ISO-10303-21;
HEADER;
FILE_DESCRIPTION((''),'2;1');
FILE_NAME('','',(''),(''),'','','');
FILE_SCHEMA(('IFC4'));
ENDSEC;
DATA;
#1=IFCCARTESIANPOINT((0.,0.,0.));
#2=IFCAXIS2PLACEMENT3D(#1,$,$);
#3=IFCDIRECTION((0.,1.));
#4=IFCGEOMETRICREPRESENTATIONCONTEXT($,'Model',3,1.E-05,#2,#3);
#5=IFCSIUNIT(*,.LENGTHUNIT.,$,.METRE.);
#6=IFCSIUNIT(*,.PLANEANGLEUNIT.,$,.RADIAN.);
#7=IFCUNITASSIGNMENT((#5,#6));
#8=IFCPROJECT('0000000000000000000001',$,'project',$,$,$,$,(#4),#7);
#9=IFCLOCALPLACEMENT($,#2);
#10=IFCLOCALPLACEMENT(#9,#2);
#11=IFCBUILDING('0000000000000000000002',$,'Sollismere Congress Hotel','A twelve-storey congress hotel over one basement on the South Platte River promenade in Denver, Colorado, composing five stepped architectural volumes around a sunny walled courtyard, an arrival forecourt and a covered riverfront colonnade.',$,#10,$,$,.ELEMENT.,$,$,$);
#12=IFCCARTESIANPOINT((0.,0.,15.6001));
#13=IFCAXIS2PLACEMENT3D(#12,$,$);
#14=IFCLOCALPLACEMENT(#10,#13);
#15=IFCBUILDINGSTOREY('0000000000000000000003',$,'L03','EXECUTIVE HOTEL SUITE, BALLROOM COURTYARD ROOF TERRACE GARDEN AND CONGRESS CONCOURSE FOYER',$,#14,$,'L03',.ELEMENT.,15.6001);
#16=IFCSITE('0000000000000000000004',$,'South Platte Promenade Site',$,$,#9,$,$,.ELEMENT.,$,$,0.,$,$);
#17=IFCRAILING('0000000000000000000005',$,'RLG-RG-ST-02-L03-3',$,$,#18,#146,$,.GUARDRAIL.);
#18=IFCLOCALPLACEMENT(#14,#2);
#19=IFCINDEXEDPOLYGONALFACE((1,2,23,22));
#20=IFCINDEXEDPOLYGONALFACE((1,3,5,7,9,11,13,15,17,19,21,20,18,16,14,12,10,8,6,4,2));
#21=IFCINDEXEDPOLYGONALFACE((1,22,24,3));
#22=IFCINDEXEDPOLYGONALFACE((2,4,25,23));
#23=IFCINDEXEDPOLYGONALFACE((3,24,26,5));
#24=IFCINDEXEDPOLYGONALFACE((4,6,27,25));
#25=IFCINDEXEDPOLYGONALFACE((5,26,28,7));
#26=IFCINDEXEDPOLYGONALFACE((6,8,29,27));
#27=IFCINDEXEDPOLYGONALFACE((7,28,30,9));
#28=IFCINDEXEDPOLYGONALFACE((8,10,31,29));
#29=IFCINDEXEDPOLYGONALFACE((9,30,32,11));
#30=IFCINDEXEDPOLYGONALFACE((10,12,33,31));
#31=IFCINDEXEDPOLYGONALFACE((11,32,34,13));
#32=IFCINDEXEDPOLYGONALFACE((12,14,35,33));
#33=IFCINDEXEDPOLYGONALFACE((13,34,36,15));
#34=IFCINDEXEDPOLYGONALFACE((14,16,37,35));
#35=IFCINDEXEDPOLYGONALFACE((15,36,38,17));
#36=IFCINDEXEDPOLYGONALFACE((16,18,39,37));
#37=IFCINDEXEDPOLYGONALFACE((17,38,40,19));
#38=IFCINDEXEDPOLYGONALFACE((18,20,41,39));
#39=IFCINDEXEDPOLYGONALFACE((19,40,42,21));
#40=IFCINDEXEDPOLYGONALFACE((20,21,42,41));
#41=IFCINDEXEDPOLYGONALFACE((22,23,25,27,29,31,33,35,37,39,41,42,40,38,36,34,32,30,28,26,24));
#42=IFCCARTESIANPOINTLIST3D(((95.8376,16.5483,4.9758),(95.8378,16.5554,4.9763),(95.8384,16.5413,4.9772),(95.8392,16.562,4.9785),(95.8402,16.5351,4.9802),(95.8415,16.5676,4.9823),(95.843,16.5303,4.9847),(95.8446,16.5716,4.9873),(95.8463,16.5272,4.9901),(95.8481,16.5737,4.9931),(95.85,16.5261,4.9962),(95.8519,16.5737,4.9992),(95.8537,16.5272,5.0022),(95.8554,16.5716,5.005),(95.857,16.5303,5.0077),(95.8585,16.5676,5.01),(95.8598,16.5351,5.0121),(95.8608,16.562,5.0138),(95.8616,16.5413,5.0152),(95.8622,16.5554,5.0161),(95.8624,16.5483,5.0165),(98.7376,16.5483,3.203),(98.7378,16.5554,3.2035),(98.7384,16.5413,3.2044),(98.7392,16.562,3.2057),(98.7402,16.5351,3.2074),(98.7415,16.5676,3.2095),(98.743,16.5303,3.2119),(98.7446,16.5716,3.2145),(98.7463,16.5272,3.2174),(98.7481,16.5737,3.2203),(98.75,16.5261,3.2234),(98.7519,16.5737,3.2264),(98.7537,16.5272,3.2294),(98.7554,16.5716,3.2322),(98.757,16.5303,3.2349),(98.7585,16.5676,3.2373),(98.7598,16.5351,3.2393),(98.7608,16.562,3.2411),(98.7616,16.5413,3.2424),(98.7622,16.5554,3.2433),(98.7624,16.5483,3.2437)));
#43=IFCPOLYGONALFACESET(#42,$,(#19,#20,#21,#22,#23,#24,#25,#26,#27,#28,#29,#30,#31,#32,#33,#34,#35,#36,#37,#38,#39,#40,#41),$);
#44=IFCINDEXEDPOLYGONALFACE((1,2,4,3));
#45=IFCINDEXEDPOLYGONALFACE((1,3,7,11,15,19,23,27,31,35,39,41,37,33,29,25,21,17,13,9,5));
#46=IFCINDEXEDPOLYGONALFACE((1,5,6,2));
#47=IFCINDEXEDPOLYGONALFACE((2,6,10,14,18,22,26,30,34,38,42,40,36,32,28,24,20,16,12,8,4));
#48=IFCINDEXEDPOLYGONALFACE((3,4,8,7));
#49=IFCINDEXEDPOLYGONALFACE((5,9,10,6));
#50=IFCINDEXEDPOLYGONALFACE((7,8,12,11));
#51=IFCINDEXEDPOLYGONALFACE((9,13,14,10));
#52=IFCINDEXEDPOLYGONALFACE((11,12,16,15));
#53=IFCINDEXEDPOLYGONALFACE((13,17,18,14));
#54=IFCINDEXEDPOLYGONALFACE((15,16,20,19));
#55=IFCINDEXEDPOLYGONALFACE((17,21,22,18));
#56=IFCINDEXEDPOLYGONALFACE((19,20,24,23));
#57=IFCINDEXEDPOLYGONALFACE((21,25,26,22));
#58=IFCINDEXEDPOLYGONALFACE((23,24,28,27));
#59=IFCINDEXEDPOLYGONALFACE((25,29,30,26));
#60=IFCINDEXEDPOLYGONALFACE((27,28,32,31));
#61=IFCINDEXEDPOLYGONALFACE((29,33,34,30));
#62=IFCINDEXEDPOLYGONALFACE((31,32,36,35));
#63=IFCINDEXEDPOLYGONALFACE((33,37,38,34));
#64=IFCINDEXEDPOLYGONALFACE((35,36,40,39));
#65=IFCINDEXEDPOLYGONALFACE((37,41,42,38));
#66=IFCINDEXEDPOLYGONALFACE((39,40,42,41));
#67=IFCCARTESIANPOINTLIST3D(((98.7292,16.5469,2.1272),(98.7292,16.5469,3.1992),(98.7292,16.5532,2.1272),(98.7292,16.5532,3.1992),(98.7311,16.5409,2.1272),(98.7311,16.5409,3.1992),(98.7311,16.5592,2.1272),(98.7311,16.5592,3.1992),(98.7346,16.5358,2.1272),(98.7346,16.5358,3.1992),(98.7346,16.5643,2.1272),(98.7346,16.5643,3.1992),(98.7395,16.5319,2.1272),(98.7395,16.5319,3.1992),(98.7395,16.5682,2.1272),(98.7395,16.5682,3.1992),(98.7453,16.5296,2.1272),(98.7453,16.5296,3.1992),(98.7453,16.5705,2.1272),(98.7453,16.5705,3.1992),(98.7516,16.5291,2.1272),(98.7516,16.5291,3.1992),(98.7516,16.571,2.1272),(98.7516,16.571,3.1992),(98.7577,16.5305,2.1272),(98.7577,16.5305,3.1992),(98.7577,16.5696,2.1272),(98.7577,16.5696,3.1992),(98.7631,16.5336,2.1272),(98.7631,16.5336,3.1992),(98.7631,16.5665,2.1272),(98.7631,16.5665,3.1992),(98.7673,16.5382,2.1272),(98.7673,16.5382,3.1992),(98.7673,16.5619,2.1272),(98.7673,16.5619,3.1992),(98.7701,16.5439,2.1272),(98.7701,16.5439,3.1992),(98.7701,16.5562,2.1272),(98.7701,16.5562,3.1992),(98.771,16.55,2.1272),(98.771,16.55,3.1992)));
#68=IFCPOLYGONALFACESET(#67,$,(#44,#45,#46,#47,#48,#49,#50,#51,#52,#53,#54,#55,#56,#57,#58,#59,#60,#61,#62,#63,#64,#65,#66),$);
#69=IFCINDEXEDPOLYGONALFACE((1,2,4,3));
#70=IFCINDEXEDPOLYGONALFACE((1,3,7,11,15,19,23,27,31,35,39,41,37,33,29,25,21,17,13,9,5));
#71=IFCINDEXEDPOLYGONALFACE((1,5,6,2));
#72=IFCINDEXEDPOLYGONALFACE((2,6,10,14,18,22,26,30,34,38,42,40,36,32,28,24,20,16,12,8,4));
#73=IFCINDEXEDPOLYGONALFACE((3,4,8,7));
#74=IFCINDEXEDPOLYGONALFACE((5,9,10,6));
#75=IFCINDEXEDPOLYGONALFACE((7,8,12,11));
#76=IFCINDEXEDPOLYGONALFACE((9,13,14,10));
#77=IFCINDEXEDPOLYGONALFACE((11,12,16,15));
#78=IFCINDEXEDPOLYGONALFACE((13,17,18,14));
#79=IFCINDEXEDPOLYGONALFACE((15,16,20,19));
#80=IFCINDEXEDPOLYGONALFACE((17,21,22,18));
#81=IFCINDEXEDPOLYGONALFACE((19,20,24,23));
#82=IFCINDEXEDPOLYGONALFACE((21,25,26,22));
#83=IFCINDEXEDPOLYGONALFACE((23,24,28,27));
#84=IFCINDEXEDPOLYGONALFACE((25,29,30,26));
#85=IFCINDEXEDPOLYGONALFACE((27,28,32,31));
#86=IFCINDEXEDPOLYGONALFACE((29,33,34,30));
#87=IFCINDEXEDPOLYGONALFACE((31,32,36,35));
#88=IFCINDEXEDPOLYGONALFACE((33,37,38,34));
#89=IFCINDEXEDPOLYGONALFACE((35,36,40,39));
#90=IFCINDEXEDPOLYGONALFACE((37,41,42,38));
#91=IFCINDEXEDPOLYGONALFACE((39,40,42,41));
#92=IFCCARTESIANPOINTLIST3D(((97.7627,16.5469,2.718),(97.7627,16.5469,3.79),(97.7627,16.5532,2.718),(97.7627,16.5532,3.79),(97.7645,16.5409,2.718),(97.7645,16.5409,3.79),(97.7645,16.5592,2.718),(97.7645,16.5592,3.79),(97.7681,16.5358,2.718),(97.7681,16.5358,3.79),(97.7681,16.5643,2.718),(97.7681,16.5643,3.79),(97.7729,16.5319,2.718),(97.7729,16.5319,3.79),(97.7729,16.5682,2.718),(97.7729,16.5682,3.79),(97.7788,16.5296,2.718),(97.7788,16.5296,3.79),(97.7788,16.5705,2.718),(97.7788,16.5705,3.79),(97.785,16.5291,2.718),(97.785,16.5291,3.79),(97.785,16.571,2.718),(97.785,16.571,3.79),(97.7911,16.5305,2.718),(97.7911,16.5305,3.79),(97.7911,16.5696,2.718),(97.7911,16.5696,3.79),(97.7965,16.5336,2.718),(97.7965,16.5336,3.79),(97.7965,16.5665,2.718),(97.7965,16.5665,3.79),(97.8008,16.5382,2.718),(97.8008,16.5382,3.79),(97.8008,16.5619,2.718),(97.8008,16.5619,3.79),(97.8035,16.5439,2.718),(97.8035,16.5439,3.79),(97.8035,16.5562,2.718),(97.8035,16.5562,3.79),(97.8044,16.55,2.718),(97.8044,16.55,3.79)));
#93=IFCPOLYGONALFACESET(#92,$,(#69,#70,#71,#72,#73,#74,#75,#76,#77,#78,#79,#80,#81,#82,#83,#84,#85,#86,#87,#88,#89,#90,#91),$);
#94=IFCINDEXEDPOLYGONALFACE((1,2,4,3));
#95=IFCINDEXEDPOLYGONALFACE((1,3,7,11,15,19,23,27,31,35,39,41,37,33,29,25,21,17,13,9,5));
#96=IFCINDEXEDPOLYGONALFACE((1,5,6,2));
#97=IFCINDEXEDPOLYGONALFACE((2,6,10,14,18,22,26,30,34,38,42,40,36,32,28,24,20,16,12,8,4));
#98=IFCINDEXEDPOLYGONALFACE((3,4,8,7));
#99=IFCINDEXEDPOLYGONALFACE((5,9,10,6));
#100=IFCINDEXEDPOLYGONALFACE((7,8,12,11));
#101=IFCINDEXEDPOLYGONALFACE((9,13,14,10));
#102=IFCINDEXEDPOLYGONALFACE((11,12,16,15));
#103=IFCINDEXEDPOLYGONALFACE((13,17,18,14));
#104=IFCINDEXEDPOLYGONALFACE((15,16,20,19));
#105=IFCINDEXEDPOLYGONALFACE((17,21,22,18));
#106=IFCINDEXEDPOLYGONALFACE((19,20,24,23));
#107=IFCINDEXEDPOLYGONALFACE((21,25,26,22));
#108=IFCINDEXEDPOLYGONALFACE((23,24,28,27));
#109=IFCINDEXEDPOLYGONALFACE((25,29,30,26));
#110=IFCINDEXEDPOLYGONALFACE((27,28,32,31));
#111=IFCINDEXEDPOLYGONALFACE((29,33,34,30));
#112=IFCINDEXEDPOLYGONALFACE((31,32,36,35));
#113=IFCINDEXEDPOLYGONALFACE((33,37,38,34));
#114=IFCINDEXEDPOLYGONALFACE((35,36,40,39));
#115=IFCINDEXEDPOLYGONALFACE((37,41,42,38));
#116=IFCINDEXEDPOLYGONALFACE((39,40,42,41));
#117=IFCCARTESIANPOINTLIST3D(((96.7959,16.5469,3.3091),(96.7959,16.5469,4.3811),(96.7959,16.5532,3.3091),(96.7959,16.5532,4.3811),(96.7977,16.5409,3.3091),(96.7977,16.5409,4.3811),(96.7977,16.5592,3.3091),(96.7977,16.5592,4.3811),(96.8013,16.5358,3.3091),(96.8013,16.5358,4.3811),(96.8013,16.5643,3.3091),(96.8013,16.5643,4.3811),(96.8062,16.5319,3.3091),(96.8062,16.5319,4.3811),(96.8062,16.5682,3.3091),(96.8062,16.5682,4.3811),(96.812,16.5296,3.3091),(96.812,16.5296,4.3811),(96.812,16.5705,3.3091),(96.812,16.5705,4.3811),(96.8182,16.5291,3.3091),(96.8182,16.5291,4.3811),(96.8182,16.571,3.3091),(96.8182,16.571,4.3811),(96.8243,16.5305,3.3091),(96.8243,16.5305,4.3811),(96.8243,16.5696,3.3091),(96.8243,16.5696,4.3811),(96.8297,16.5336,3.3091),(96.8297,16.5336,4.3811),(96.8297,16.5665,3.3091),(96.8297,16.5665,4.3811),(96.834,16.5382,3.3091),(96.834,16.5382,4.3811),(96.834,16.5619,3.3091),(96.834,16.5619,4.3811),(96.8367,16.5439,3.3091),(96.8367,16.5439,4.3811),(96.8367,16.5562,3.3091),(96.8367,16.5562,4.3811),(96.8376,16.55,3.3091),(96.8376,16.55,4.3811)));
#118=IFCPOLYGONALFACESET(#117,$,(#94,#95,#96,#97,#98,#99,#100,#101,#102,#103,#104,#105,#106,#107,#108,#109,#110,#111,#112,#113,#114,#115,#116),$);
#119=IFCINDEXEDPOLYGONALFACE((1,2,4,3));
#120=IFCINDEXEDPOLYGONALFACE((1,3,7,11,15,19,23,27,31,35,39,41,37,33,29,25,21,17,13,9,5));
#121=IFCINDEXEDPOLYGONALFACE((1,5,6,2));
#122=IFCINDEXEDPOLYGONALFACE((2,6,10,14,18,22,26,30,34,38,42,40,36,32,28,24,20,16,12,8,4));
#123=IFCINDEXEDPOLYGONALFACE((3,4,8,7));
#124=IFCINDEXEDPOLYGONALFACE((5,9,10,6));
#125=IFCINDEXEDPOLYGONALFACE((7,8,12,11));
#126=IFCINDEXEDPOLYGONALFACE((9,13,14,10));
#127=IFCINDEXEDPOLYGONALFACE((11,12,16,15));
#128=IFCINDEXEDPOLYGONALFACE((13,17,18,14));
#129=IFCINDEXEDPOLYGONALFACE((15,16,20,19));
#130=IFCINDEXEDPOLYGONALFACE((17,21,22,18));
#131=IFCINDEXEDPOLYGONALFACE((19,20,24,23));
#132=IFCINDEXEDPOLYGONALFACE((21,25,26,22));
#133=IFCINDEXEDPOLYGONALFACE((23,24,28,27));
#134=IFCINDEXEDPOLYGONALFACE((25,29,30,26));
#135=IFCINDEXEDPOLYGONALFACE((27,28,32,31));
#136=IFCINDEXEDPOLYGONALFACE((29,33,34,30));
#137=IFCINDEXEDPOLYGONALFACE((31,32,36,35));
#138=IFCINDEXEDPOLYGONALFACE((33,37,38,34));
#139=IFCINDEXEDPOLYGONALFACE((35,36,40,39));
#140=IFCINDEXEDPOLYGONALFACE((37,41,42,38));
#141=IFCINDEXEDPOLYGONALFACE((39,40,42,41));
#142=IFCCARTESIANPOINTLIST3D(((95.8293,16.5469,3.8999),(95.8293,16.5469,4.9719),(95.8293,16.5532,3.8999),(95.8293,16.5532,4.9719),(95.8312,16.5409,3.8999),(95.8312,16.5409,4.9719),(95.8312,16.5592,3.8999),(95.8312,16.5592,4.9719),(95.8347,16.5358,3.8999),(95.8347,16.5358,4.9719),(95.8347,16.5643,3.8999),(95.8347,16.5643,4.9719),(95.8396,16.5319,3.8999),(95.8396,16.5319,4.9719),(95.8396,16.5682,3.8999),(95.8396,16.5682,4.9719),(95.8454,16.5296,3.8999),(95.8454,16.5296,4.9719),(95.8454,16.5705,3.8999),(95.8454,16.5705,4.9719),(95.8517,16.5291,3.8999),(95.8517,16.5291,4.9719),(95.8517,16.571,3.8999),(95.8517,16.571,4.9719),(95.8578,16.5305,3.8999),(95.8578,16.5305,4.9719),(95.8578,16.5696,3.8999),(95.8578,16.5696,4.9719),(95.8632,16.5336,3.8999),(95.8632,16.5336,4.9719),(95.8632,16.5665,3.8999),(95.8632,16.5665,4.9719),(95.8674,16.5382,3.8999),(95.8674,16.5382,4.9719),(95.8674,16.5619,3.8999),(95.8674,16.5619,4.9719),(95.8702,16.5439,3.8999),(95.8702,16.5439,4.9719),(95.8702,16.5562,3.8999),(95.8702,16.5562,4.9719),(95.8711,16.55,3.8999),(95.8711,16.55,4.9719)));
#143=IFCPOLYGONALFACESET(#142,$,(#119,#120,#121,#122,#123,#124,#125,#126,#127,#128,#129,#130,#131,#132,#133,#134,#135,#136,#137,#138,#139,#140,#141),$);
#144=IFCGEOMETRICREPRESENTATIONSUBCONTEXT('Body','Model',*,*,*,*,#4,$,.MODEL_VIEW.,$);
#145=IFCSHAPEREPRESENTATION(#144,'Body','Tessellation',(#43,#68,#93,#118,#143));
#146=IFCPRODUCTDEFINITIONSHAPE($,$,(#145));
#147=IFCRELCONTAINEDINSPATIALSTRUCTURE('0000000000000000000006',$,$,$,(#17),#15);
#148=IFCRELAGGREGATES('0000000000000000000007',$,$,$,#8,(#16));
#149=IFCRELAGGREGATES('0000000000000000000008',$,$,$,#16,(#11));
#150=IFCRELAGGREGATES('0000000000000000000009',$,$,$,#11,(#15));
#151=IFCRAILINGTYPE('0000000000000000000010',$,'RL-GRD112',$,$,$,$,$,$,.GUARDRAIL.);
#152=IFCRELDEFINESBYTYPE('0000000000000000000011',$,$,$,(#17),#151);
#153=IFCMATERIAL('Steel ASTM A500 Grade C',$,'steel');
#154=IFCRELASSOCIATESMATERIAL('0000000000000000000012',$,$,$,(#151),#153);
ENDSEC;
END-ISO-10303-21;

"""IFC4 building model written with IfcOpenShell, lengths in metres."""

from ifc_helpers import new_model, si_unit, direction, frame, origin, origin_2d, place, context, subcontext, project, spatial, circle, extrude, material, type_object, element, save


model = new_model("IFC4")

# Units and contexts
model_context = context("Model", 3, precision=1e-05, world=origin(), true_north=direction((0.0, 1.0)))
body_context = subcontext(model_context, "Body", "Model", "MODEL_VIEW")
ifc_project = project(units=[si_unit("LENGTHUNIT", "METRE"), si_unit("PLANEANGLEUNIT", "RADIAN")], contexts=[model_context])

# Site, building, storey
site_placement = place(None, origin())
site = spatial("IfcSite", under=ifc_project, at=site_placement, Name="South Platte Promenade Site", CompositionType="ELEMENT", RefElevation=0.0)
building_placement = place(site_placement, origin())
building = spatial("IfcBuilding", under=site, at=building_placement, Name="Sollismere Congress Hotel", Description="A twelve-storey congress hotel over one basement on the South Platte River promenade in Denver, Colorado, composing five stepped architectural volumes around a sunny walled courtyard, an arrival forecourt and a covered riverfront colonnade.", CompositionType="ELEMENT")
storey_placement = place(building_placement, frame((0.0, 0.0, 15.6001)))
storey = spatial("IfcBuildingStorey", under=building, at=storey_placement, Name="L03", Description="EXECUTIVE HOTEL SUITE, BALLROOM COURTYARD ROOF TERRACE GARDEN AND CONGRESS CONCOURSE FOYER", LongName="L03", CompositionType="ELEMENT", Elevation=15.6001)

# Railing
ifc_material_1 = material(Name="Steel ASTM A500 Grade C", Category="steel")
railing_type_1 = type_object("IfcRailingType", Name="RL-GRD112", PredefinedType="GUARDRAIL", material=ifc_material_1)
railing_1_placement = place(storey_placement, frame((98.75, 16.55, 2.1272)))
element("IfcRailing", 1, at=railing_1_placement, inside=storey, type_object=railing_type_1, Name="RLG-RG-ST-02-L03-3", PredefinedType="GUARDRAIL", context=body_context, shape_type="SweptSolid", body=[
    extrude(circle(Radius=0.0239, at=origin_2d()), frame((0.0, 0.0, 1.0962), z_axis=(-0.853211, 0.0, 0.521566), x_axis=(0.0, -1.0, 0.0)), (0.0, 0.0, 1.0), 3.3989),
    extrude(circle(Radius=0.021, at=origin_2d()), origin(), (0.0, 0.0, 1.0), 1.072),
    extrude(circle(Radius=0.021, at=origin_2d()), frame((-0.9666, 0.0, 0.5908)), (0.0, 0.0, 1.0), 1.072),
    extrude(circle(Radius=0.021, at=origin_2d()), frame((-1.9333, 0.0, 1.1819)), (0.0, 0.0, 1.0), 1.072),
    extrude(circle(Radius=0.021, at=origin_2d()), frame((-2.8999, 0.0, 1.7727)), (0.0, 0.0, 1.0), 1.072),
])

save(model, "model.ifc")
